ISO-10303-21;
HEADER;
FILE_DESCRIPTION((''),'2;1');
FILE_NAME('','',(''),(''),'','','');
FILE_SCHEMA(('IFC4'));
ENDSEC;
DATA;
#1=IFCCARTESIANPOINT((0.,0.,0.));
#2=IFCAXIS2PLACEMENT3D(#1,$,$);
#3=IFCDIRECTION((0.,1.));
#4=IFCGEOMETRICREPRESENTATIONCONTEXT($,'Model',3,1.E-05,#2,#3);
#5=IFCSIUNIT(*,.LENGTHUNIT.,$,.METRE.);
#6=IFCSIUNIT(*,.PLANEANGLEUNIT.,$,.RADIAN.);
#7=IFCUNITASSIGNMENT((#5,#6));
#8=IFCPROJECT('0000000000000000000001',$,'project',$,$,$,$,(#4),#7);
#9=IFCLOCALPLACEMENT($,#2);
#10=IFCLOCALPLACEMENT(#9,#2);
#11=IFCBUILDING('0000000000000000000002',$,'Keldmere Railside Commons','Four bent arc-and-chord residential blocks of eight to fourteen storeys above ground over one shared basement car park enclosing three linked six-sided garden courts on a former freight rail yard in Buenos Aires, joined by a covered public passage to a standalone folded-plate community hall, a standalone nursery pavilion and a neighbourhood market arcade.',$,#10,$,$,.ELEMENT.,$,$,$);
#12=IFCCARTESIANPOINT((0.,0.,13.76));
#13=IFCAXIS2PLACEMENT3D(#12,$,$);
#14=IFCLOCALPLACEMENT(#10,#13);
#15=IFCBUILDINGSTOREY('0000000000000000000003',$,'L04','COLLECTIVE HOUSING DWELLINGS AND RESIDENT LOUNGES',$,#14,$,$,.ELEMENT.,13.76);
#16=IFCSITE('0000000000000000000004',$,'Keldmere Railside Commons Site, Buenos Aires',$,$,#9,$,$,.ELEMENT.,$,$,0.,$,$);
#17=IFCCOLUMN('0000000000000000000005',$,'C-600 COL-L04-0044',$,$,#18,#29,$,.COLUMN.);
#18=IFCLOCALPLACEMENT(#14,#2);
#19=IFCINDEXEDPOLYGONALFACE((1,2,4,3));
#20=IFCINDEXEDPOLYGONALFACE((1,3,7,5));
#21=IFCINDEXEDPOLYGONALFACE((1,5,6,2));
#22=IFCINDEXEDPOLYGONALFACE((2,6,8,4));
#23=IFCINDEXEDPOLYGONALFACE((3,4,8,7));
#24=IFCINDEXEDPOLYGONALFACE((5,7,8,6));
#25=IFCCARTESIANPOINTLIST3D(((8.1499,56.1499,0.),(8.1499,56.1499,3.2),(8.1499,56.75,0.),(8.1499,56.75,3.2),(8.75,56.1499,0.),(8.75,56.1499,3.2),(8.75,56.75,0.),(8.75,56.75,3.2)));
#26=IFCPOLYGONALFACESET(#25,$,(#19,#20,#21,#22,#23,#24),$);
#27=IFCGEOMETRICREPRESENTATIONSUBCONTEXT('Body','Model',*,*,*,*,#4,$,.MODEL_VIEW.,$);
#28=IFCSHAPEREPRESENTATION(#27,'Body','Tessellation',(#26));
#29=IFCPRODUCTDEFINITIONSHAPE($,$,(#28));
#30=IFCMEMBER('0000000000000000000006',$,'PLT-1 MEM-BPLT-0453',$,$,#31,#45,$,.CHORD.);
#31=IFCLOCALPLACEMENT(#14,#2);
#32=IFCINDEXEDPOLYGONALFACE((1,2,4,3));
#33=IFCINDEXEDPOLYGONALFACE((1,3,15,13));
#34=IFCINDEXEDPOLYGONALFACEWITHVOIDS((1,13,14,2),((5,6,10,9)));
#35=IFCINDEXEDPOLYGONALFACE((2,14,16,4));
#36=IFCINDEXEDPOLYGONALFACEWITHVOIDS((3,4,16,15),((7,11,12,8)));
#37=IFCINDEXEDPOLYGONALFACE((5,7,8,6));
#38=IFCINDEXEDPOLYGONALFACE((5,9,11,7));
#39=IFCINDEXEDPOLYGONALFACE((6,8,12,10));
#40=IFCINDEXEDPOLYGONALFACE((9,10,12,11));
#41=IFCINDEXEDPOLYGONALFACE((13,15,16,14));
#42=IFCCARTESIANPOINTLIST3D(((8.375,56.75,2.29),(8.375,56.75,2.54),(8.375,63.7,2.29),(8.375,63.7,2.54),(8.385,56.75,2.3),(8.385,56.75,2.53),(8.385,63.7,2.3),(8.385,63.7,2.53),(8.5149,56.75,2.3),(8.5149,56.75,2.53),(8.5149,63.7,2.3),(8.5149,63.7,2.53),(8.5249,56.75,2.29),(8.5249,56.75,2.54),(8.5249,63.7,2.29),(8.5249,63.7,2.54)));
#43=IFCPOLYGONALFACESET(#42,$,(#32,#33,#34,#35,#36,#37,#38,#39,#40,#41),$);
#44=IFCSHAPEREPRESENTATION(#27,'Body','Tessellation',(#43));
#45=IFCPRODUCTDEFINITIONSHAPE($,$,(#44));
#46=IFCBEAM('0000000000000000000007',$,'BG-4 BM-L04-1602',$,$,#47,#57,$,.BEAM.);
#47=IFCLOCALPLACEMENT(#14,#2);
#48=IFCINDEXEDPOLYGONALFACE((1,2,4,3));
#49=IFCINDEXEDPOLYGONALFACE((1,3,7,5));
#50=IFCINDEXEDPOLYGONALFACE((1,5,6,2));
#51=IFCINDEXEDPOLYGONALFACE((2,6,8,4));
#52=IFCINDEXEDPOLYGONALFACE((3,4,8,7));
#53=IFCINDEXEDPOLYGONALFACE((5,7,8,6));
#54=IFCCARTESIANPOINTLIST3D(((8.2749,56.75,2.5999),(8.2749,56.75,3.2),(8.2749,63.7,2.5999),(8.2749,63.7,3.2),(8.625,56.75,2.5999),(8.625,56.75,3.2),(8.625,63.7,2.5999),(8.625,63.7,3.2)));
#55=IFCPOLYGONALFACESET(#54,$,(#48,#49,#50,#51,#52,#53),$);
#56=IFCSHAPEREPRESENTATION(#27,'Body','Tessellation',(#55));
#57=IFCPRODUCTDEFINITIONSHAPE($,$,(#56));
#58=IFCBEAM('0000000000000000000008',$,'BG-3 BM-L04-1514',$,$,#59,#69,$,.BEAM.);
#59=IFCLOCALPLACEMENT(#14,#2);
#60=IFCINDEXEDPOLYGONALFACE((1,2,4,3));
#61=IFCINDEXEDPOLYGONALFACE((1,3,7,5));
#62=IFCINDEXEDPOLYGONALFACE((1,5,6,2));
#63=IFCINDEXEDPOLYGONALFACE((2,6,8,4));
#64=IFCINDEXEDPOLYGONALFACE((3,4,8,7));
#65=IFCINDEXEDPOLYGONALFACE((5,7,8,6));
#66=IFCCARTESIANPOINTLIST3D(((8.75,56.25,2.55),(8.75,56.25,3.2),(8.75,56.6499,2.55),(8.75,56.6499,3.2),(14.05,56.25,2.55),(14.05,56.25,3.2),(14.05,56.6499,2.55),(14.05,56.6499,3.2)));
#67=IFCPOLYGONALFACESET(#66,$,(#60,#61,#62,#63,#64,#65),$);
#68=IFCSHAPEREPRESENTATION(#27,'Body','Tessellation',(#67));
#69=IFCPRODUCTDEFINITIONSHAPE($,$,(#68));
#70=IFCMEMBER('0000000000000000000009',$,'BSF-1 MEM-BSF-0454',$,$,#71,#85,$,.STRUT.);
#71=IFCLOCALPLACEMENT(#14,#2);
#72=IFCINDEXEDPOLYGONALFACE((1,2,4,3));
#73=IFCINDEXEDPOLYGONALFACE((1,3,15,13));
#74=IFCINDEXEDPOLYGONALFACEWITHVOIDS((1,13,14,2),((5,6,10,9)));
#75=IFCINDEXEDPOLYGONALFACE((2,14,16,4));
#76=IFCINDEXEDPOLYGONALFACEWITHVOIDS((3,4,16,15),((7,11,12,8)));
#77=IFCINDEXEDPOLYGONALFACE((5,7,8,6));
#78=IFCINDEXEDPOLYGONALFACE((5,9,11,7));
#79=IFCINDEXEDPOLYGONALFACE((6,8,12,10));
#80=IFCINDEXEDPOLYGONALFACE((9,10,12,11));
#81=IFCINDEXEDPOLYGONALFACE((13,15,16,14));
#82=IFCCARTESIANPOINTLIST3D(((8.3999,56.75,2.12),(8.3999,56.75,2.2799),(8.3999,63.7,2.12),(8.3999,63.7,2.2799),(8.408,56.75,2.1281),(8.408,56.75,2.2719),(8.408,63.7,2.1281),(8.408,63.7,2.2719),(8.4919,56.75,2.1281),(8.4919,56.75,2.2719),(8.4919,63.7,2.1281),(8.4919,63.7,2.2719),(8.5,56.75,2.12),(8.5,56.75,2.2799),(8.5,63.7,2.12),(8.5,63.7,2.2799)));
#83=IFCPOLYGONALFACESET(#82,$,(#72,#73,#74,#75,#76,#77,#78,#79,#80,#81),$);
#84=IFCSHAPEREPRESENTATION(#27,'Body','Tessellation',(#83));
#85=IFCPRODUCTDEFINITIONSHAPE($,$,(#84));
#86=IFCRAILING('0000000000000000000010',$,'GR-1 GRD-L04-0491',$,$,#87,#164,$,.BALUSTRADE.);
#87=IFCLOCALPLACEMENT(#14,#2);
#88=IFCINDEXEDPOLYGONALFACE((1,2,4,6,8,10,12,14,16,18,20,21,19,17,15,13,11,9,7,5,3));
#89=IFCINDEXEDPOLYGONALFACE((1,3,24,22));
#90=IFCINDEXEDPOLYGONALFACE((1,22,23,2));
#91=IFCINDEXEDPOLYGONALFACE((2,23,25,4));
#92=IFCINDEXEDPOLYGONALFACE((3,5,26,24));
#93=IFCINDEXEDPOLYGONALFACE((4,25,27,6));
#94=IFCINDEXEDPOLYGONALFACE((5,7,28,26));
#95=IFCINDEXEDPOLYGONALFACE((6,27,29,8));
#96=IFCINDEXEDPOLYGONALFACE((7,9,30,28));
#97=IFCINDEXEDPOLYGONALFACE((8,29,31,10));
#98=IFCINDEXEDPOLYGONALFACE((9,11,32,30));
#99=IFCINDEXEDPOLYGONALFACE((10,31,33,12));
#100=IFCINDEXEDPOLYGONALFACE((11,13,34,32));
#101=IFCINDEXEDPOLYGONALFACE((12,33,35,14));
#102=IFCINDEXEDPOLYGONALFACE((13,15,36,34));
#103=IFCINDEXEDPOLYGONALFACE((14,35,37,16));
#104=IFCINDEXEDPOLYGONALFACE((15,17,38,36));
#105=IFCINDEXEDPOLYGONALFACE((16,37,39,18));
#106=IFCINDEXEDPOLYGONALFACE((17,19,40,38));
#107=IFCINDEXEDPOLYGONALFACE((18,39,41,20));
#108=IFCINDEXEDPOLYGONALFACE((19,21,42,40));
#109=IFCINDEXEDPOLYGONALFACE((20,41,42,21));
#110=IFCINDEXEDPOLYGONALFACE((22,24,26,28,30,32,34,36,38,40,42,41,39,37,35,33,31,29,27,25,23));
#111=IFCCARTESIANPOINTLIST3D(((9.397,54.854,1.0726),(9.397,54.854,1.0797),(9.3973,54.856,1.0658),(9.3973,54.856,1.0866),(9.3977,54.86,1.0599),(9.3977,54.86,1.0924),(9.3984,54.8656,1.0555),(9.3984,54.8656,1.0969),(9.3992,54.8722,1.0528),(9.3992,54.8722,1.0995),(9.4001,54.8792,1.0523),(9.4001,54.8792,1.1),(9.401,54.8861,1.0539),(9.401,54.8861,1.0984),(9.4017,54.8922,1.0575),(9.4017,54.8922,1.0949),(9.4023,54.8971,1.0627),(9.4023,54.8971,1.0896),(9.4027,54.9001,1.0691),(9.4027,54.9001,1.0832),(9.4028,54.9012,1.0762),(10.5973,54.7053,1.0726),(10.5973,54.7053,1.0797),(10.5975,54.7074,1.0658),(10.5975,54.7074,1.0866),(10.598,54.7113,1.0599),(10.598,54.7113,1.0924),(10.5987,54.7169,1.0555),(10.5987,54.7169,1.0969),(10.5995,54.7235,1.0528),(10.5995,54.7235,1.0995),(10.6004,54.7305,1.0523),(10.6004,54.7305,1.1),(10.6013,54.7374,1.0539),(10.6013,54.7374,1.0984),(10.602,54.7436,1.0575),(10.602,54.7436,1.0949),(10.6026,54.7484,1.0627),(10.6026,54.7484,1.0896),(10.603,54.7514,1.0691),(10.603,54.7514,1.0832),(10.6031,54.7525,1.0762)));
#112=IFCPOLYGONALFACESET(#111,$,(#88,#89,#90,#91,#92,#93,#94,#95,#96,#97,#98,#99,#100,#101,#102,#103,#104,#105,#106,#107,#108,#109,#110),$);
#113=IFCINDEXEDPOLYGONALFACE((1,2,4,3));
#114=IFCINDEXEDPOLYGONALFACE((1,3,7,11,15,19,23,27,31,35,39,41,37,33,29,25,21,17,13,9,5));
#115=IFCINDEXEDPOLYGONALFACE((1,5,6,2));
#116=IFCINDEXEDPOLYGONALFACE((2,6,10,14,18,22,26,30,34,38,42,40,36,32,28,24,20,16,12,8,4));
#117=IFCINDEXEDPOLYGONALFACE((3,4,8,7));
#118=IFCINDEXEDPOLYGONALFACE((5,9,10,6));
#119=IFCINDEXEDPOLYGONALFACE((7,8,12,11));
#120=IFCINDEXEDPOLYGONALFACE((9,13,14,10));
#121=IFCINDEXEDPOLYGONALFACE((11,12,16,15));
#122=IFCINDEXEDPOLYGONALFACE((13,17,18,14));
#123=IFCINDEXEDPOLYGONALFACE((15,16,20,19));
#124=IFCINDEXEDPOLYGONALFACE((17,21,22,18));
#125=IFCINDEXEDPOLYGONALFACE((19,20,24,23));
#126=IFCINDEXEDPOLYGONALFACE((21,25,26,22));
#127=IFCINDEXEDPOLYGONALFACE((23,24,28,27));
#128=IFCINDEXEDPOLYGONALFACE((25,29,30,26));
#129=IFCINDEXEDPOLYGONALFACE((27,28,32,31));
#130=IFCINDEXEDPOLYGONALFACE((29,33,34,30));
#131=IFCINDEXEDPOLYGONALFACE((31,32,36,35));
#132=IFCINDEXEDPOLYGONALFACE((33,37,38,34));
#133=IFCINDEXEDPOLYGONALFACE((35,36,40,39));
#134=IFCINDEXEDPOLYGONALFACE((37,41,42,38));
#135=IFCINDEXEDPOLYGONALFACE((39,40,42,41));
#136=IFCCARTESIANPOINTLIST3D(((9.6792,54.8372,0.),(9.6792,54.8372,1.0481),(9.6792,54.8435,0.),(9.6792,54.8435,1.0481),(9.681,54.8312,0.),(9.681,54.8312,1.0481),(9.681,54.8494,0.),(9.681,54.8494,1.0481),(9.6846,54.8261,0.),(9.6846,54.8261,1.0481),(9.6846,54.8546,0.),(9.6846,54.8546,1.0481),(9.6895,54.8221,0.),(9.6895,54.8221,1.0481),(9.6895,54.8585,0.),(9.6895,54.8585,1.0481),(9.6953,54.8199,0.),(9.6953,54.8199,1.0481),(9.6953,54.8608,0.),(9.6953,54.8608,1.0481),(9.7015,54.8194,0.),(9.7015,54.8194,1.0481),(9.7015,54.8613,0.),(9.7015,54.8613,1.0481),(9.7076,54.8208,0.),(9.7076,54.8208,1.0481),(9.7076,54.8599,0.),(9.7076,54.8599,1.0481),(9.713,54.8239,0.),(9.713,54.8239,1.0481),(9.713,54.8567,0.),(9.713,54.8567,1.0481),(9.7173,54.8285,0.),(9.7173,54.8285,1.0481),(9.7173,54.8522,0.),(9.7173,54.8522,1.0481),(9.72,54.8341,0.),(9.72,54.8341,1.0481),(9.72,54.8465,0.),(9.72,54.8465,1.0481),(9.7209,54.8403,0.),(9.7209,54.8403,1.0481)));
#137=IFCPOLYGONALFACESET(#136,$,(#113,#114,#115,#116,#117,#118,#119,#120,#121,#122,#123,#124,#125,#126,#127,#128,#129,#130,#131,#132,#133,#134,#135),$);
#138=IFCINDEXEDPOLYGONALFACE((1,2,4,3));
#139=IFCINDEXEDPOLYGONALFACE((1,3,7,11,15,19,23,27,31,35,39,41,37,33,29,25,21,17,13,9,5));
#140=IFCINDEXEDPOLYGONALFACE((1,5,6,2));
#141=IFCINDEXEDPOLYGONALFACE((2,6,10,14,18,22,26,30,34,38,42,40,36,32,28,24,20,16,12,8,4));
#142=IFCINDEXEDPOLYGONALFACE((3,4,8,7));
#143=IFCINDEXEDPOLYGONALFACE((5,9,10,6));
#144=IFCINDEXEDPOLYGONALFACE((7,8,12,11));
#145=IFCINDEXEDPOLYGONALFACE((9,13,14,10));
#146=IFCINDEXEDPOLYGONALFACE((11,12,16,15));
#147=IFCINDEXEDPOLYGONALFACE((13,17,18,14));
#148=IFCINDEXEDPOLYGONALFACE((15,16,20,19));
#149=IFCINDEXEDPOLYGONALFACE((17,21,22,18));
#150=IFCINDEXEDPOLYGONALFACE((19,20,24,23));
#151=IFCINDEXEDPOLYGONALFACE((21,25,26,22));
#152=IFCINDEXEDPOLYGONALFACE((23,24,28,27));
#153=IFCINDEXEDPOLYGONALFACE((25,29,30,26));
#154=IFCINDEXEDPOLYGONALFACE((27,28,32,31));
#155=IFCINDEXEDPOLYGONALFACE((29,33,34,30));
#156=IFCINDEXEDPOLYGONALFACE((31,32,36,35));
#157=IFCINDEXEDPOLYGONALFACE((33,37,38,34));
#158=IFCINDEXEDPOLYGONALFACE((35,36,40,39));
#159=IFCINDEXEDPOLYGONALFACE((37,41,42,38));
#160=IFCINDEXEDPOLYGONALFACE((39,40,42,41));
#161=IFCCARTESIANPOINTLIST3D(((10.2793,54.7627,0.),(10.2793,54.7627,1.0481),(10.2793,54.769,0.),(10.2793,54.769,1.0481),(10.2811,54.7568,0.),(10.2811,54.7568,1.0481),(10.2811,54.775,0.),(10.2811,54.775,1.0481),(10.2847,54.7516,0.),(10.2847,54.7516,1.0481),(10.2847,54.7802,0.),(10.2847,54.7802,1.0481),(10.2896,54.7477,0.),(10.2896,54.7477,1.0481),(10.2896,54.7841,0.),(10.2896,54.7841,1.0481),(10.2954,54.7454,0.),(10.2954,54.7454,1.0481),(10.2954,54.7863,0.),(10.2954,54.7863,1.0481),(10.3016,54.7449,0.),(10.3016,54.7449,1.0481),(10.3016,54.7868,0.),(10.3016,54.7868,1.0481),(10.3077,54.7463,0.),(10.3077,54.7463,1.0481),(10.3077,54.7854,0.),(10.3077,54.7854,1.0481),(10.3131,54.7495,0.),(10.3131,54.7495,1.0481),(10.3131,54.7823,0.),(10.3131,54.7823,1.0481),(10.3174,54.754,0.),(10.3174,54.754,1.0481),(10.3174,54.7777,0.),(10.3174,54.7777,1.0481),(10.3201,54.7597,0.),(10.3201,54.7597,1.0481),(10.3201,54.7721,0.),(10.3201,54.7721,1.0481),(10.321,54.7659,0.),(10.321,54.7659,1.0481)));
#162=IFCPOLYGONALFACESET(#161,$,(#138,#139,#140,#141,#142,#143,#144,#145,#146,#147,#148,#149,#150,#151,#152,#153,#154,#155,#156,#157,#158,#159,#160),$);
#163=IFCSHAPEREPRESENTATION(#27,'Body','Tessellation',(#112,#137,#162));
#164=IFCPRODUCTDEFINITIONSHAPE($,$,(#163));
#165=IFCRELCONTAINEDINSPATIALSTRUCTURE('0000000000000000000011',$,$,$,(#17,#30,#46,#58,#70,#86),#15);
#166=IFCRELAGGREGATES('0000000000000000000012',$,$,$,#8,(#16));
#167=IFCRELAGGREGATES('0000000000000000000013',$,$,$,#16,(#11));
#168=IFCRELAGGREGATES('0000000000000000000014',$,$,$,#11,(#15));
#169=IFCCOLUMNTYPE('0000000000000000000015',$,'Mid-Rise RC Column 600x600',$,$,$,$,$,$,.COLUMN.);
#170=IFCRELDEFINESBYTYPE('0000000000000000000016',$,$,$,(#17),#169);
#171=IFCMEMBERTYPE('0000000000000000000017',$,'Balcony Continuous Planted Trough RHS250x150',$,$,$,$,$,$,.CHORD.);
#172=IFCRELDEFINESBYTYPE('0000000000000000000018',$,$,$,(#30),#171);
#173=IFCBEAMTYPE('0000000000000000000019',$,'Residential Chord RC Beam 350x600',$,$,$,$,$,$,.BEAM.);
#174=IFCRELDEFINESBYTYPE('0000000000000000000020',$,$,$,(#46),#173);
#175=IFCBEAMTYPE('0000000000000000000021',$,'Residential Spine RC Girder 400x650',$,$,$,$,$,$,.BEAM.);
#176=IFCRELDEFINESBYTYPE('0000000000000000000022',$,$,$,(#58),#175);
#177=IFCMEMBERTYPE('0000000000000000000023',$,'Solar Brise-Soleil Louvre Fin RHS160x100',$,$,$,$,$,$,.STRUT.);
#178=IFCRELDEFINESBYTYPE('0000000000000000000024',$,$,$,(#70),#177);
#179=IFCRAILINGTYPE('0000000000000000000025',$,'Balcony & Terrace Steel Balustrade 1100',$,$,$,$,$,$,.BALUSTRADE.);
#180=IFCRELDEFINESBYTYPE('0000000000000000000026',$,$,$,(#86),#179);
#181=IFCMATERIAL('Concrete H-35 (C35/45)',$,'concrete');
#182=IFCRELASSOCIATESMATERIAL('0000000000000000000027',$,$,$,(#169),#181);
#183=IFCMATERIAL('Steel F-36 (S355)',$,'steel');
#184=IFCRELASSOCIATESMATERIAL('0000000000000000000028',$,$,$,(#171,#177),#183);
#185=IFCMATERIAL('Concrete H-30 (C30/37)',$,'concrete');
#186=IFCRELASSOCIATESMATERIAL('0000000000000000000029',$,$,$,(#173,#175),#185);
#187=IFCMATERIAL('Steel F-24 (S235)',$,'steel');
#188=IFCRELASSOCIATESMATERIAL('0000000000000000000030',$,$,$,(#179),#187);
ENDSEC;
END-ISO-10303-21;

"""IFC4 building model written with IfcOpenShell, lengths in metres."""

from ifc_helpers import new_model, si_unit, direction, frame, origin, origin_2d, place, context, subcontext, project, spatial, rectangle, hollow_rectangle, circle, extrude, material, material_profile, profile_set, type_object, element, save


model = new_model("IFC4")

# Units and contexts
model_context = context("Model", 3, precision=1e-05, world=origin(), true_north=direction((0.0, 1.0)))
body_context = subcontext(model_context, "Body", "Model", "MODEL_VIEW")
ifc_project = project(units=[si_unit("LENGTHUNIT", "METRE"), si_unit("PLANEANGLEUNIT", "RADIAN")], contexts=[model_context])

# Site, building, storey
site_placement = place(None, origin())
site = spatial("IfcSite", under=ifc_project, at=site_placement, Name="Keldmere Railside Commons Site, Buenos Aires", CompositionType="ELEMENT", RefElevation=0.0)
building_placement = place(site_placement, origin())
building = spatial("IfcBuilding", under=site, at=building_placement, Name="Keldmere Railside Commons", Description="Four bent arc-and-chord residential blocks of eight to fourteen storeys above ground over one shared basement car park enclosing three linked six-sided garden courts on a former freight rail yard in Buenos Aires, joined by a covered public passage to a standalone folded-plate community hall, a standalone nursery pavilion and a neighbourhood market arcade.", CompositionType="ELEMENT")
storey_placement = place(building_placement, frame((0.0, 0.0, 13.76)))
storey = spatial("IfcBuildingStorey", under=building, at=storey_placement, Name="L04", Description="COLLECTIVE HOUSING DWELLINGS AND RESIDENT LOUNGES", CompositionType="ELEMENT", Elevation=13.76)

# Column
ifc_material_1 = material(Name="Concrete H-35 (C35/45)", Category="concrete")
ifc_material_profile_1 = material_profile(ifc_material_1, rectangle(XDim=0.6001, YDim=0.6001, at=origin_2d()), Name="RC-600x600")
ifc_profile_set_1 = profile_set([ifc_material_profile_1], Name="Concrete H-35 (C35/45)")
column_type = type_object("IfcColumnType", Name="Mid-Rise RC Column 600x600", PredefinedType="COLUMN", material=ifc_profile_set_1)
column_placement = place(storey_placement, frame((8.45, 56.45, 0.0), z_axis=(0.0, 0.0, 1.0), x_axis=(1.0, 0.0, 0.0)))
element("IfcColumn", 1, at=column_placement, inside=storey, type_object=column_type, Name="C-600 COL-L04-0044", PredefinedType="COLUMN", context=body_context, shape_type="SweptSolid", body=[
    extrude(rectangle(XDim=0.6001, YDim=0.6001, at=origin_2d()), origin(), (0.0, 0.0, 1.0), 3.2),
])

# Member
ifc_material_2 = material(Name="Steel F-36 (S355)", Category="steel")
ifc_material_profile_2 = material_profile(ifc_material_2, hollow_rectangle(XDim=0.1499, YDim=0.25, WallThickness=0.01, at=origin_2d()), Name="RHS-250x150x10")
ifc_profile_set_2 = profile_set([ifc_material_profile_2], Name="Steel F-36 (S355)")
member_type_1 = type_object("IfcMemberType", Name="Balcony Continuous Planted Trough RHS250x150", PredefinedType="CHORD", material=ifc_profile_set_2)
member_1_placement = place(storey_placement, frame((8.45, 56.75, 2.415), z_axis=(0.0, 1.0, 0.0), x_axis=(-1.0, 0.0, 0.0)))
element("IfcMember", 2, at=member_1_placement, inside=storey, type_object=member_type_1, Name="PLT-1 MEM-BPLT-0453", PredefinedType="CHORD", context=body_context, shape_type="SweptSolid", body=[
    extrude(hollow_rectangle(XDim=0.1499, YDim=0.25, WallThickness=0.01, at=origin_2d()), origin(), (0.0, 0.0, 1.0), 6.95),
])

# Beams
ifc_material_3 = material(Name="Concrete H-30 (C30/37)", Category="concrete")
ifc_material_profile_3 = material_profile(ifc_material_3, rectangle(XDim=0.3501, YDim=0.6001, at=origin_2d()), Name="RC-350x600")
ifc_profile_set_3 = profile_set([ifc_material_profile_3], Name="Concrete H-30 (C30/37)")
beam_type_1 = type_object("IfcBeamType", Name="Residential Chord RC Beam 350x600", PredefinedType="BEAM", material=ifc_profile_set_3)
beam_1_placement = place(storey_placement, frame((8.45, 56.75, 2.8999), z_axis=(0.0, 1.0, 0.0), x_axis=(-1.0, 0.0, 0.0)))
element("IfcBeam", 3, at=beam_1_placement, inside=storey, type_object=beam_type_1, Name="BG-4 BM-L04-1602", PredefinedType="BEAM", context=body_context, shape_type="SweptSolid", body=[
    extrude(rectangle(XDim=0.3501, YDim=0.6001, at=origin_2d()), origin(), (0.0, 0.0, 1.0), 6.95),
])
ifc_material_profile_4 = material_profile(ifc_material_3, rectangle(XDim=0.3999, YDim=0.6499, at=origin_2d()), Name="RC-400x650")
ifc_profile_set_4 = profile_set([ifc_material_profile_4], Name="Concrete H-30 (C30/37)")
beam_type_2 = type_object("IfcBeamType", Name="Residential Spine RC Girder 400x650", PredefinedType="BEAM", material=ifc_profile_set_4)
beam_2_placement = place(storey_placement, frame((8.75, 56.45, 2.875), z_axis=(1.0, 0.0, 0.0), x_axis=(0.0, 1.0, 0.0)))
element("IfcBeam", 4, at=beam_2_placement, inside=storey, type_object=beam_type_2, Name="BG-3 BM-L04-1514", PredefinedType="BEAM", context=body_context, shape_type="SweptSolid", body=[
    extrude(rectangle(XDim=0.3999, YDim=0.6499, at=origin_2d()), origin(), (0.0, 0.0, 1.0), 5.3),
])

# Member
ifc_material_profile_5 = material_profile(ifc_material_2, hollow_rectangle(XDim=0.1001, YDim=0.1599, WallThickness=0.0081, at=origin_2d()), Name="RHS-160x100x8")
ifc_profile_set_5 = profile_set([ifc_material_profile_5], Name="Steel F-36 (S355)")
member_type_2 = type_object("IfcMemberType", Name="Solar Brise-Soleil Louvre Fin RHS160x100", PredefinedType="STRUT", material=ifc_profile_set_5)
member_2_placement = place(storey_placement, frame((8.45, 56.75, 2.2), z_axis=(0.0, 1.0, 0.0), x_axis=(-1.0, 0.0, 0.0)))
element("IfcMember", 5, at=member_2_placement, inside=storey, type_object=member_type_2, Name="BSF-1 MEM-BSF-0454", PredefinedType="STRUT", context=body_context, shape_type="SweptSolid", body=[
    extrude(hollow_rectangle(XDim=0.1001, YDim=0.1599, WallThickness=0.0081, at=origin_2d()), origin(), (0.0, 0.0, 1.0), 6.95),
])

# Railing
ifc_material_4 = material(Name="Steel F-24 (S235)", Category="steel")
railing_type = type_object("IfcRailingType", Name="Balcony & Terrace Steel Balustrade 1100", PredefinedType="BALUSTRADE", material=ifc_material_4)
railing_placement = place(storey_placement, frame((9.3999, 54.8774, 0.0)))
element("IfcRailing", 6, at=railing_placement, inside=storey, type_object=railing_type, Name="GR-1 GRD-L04-0491", PredefinedType="BALUSTRADE", context=body_context, shape_type="SweptSolid", body=[
    extrude(circle(Radius=0.0239, at=origin_2d()), frame((0.0, 0.0, 1.0762), z_axis=(0.992414, -0.122941, 0.0), x_axis=(0.122941, 0.992414, 0.0)), (0.0, 0.0, 1.0), 1.2095),
    extrude(circle(Radius=0.021, at=origin_2d()), frame((0.3, -0.0371, 0.0)), (0.0, 0.0, 1.0), 1.0481),
    extrude(circle(Radius=0.021, at=origin_2d()), frame((0.9001, -0.1116, 0.0)), (0.0, 0.0, 1.0), 1.0481),
])

save(model, "model.ifc")
